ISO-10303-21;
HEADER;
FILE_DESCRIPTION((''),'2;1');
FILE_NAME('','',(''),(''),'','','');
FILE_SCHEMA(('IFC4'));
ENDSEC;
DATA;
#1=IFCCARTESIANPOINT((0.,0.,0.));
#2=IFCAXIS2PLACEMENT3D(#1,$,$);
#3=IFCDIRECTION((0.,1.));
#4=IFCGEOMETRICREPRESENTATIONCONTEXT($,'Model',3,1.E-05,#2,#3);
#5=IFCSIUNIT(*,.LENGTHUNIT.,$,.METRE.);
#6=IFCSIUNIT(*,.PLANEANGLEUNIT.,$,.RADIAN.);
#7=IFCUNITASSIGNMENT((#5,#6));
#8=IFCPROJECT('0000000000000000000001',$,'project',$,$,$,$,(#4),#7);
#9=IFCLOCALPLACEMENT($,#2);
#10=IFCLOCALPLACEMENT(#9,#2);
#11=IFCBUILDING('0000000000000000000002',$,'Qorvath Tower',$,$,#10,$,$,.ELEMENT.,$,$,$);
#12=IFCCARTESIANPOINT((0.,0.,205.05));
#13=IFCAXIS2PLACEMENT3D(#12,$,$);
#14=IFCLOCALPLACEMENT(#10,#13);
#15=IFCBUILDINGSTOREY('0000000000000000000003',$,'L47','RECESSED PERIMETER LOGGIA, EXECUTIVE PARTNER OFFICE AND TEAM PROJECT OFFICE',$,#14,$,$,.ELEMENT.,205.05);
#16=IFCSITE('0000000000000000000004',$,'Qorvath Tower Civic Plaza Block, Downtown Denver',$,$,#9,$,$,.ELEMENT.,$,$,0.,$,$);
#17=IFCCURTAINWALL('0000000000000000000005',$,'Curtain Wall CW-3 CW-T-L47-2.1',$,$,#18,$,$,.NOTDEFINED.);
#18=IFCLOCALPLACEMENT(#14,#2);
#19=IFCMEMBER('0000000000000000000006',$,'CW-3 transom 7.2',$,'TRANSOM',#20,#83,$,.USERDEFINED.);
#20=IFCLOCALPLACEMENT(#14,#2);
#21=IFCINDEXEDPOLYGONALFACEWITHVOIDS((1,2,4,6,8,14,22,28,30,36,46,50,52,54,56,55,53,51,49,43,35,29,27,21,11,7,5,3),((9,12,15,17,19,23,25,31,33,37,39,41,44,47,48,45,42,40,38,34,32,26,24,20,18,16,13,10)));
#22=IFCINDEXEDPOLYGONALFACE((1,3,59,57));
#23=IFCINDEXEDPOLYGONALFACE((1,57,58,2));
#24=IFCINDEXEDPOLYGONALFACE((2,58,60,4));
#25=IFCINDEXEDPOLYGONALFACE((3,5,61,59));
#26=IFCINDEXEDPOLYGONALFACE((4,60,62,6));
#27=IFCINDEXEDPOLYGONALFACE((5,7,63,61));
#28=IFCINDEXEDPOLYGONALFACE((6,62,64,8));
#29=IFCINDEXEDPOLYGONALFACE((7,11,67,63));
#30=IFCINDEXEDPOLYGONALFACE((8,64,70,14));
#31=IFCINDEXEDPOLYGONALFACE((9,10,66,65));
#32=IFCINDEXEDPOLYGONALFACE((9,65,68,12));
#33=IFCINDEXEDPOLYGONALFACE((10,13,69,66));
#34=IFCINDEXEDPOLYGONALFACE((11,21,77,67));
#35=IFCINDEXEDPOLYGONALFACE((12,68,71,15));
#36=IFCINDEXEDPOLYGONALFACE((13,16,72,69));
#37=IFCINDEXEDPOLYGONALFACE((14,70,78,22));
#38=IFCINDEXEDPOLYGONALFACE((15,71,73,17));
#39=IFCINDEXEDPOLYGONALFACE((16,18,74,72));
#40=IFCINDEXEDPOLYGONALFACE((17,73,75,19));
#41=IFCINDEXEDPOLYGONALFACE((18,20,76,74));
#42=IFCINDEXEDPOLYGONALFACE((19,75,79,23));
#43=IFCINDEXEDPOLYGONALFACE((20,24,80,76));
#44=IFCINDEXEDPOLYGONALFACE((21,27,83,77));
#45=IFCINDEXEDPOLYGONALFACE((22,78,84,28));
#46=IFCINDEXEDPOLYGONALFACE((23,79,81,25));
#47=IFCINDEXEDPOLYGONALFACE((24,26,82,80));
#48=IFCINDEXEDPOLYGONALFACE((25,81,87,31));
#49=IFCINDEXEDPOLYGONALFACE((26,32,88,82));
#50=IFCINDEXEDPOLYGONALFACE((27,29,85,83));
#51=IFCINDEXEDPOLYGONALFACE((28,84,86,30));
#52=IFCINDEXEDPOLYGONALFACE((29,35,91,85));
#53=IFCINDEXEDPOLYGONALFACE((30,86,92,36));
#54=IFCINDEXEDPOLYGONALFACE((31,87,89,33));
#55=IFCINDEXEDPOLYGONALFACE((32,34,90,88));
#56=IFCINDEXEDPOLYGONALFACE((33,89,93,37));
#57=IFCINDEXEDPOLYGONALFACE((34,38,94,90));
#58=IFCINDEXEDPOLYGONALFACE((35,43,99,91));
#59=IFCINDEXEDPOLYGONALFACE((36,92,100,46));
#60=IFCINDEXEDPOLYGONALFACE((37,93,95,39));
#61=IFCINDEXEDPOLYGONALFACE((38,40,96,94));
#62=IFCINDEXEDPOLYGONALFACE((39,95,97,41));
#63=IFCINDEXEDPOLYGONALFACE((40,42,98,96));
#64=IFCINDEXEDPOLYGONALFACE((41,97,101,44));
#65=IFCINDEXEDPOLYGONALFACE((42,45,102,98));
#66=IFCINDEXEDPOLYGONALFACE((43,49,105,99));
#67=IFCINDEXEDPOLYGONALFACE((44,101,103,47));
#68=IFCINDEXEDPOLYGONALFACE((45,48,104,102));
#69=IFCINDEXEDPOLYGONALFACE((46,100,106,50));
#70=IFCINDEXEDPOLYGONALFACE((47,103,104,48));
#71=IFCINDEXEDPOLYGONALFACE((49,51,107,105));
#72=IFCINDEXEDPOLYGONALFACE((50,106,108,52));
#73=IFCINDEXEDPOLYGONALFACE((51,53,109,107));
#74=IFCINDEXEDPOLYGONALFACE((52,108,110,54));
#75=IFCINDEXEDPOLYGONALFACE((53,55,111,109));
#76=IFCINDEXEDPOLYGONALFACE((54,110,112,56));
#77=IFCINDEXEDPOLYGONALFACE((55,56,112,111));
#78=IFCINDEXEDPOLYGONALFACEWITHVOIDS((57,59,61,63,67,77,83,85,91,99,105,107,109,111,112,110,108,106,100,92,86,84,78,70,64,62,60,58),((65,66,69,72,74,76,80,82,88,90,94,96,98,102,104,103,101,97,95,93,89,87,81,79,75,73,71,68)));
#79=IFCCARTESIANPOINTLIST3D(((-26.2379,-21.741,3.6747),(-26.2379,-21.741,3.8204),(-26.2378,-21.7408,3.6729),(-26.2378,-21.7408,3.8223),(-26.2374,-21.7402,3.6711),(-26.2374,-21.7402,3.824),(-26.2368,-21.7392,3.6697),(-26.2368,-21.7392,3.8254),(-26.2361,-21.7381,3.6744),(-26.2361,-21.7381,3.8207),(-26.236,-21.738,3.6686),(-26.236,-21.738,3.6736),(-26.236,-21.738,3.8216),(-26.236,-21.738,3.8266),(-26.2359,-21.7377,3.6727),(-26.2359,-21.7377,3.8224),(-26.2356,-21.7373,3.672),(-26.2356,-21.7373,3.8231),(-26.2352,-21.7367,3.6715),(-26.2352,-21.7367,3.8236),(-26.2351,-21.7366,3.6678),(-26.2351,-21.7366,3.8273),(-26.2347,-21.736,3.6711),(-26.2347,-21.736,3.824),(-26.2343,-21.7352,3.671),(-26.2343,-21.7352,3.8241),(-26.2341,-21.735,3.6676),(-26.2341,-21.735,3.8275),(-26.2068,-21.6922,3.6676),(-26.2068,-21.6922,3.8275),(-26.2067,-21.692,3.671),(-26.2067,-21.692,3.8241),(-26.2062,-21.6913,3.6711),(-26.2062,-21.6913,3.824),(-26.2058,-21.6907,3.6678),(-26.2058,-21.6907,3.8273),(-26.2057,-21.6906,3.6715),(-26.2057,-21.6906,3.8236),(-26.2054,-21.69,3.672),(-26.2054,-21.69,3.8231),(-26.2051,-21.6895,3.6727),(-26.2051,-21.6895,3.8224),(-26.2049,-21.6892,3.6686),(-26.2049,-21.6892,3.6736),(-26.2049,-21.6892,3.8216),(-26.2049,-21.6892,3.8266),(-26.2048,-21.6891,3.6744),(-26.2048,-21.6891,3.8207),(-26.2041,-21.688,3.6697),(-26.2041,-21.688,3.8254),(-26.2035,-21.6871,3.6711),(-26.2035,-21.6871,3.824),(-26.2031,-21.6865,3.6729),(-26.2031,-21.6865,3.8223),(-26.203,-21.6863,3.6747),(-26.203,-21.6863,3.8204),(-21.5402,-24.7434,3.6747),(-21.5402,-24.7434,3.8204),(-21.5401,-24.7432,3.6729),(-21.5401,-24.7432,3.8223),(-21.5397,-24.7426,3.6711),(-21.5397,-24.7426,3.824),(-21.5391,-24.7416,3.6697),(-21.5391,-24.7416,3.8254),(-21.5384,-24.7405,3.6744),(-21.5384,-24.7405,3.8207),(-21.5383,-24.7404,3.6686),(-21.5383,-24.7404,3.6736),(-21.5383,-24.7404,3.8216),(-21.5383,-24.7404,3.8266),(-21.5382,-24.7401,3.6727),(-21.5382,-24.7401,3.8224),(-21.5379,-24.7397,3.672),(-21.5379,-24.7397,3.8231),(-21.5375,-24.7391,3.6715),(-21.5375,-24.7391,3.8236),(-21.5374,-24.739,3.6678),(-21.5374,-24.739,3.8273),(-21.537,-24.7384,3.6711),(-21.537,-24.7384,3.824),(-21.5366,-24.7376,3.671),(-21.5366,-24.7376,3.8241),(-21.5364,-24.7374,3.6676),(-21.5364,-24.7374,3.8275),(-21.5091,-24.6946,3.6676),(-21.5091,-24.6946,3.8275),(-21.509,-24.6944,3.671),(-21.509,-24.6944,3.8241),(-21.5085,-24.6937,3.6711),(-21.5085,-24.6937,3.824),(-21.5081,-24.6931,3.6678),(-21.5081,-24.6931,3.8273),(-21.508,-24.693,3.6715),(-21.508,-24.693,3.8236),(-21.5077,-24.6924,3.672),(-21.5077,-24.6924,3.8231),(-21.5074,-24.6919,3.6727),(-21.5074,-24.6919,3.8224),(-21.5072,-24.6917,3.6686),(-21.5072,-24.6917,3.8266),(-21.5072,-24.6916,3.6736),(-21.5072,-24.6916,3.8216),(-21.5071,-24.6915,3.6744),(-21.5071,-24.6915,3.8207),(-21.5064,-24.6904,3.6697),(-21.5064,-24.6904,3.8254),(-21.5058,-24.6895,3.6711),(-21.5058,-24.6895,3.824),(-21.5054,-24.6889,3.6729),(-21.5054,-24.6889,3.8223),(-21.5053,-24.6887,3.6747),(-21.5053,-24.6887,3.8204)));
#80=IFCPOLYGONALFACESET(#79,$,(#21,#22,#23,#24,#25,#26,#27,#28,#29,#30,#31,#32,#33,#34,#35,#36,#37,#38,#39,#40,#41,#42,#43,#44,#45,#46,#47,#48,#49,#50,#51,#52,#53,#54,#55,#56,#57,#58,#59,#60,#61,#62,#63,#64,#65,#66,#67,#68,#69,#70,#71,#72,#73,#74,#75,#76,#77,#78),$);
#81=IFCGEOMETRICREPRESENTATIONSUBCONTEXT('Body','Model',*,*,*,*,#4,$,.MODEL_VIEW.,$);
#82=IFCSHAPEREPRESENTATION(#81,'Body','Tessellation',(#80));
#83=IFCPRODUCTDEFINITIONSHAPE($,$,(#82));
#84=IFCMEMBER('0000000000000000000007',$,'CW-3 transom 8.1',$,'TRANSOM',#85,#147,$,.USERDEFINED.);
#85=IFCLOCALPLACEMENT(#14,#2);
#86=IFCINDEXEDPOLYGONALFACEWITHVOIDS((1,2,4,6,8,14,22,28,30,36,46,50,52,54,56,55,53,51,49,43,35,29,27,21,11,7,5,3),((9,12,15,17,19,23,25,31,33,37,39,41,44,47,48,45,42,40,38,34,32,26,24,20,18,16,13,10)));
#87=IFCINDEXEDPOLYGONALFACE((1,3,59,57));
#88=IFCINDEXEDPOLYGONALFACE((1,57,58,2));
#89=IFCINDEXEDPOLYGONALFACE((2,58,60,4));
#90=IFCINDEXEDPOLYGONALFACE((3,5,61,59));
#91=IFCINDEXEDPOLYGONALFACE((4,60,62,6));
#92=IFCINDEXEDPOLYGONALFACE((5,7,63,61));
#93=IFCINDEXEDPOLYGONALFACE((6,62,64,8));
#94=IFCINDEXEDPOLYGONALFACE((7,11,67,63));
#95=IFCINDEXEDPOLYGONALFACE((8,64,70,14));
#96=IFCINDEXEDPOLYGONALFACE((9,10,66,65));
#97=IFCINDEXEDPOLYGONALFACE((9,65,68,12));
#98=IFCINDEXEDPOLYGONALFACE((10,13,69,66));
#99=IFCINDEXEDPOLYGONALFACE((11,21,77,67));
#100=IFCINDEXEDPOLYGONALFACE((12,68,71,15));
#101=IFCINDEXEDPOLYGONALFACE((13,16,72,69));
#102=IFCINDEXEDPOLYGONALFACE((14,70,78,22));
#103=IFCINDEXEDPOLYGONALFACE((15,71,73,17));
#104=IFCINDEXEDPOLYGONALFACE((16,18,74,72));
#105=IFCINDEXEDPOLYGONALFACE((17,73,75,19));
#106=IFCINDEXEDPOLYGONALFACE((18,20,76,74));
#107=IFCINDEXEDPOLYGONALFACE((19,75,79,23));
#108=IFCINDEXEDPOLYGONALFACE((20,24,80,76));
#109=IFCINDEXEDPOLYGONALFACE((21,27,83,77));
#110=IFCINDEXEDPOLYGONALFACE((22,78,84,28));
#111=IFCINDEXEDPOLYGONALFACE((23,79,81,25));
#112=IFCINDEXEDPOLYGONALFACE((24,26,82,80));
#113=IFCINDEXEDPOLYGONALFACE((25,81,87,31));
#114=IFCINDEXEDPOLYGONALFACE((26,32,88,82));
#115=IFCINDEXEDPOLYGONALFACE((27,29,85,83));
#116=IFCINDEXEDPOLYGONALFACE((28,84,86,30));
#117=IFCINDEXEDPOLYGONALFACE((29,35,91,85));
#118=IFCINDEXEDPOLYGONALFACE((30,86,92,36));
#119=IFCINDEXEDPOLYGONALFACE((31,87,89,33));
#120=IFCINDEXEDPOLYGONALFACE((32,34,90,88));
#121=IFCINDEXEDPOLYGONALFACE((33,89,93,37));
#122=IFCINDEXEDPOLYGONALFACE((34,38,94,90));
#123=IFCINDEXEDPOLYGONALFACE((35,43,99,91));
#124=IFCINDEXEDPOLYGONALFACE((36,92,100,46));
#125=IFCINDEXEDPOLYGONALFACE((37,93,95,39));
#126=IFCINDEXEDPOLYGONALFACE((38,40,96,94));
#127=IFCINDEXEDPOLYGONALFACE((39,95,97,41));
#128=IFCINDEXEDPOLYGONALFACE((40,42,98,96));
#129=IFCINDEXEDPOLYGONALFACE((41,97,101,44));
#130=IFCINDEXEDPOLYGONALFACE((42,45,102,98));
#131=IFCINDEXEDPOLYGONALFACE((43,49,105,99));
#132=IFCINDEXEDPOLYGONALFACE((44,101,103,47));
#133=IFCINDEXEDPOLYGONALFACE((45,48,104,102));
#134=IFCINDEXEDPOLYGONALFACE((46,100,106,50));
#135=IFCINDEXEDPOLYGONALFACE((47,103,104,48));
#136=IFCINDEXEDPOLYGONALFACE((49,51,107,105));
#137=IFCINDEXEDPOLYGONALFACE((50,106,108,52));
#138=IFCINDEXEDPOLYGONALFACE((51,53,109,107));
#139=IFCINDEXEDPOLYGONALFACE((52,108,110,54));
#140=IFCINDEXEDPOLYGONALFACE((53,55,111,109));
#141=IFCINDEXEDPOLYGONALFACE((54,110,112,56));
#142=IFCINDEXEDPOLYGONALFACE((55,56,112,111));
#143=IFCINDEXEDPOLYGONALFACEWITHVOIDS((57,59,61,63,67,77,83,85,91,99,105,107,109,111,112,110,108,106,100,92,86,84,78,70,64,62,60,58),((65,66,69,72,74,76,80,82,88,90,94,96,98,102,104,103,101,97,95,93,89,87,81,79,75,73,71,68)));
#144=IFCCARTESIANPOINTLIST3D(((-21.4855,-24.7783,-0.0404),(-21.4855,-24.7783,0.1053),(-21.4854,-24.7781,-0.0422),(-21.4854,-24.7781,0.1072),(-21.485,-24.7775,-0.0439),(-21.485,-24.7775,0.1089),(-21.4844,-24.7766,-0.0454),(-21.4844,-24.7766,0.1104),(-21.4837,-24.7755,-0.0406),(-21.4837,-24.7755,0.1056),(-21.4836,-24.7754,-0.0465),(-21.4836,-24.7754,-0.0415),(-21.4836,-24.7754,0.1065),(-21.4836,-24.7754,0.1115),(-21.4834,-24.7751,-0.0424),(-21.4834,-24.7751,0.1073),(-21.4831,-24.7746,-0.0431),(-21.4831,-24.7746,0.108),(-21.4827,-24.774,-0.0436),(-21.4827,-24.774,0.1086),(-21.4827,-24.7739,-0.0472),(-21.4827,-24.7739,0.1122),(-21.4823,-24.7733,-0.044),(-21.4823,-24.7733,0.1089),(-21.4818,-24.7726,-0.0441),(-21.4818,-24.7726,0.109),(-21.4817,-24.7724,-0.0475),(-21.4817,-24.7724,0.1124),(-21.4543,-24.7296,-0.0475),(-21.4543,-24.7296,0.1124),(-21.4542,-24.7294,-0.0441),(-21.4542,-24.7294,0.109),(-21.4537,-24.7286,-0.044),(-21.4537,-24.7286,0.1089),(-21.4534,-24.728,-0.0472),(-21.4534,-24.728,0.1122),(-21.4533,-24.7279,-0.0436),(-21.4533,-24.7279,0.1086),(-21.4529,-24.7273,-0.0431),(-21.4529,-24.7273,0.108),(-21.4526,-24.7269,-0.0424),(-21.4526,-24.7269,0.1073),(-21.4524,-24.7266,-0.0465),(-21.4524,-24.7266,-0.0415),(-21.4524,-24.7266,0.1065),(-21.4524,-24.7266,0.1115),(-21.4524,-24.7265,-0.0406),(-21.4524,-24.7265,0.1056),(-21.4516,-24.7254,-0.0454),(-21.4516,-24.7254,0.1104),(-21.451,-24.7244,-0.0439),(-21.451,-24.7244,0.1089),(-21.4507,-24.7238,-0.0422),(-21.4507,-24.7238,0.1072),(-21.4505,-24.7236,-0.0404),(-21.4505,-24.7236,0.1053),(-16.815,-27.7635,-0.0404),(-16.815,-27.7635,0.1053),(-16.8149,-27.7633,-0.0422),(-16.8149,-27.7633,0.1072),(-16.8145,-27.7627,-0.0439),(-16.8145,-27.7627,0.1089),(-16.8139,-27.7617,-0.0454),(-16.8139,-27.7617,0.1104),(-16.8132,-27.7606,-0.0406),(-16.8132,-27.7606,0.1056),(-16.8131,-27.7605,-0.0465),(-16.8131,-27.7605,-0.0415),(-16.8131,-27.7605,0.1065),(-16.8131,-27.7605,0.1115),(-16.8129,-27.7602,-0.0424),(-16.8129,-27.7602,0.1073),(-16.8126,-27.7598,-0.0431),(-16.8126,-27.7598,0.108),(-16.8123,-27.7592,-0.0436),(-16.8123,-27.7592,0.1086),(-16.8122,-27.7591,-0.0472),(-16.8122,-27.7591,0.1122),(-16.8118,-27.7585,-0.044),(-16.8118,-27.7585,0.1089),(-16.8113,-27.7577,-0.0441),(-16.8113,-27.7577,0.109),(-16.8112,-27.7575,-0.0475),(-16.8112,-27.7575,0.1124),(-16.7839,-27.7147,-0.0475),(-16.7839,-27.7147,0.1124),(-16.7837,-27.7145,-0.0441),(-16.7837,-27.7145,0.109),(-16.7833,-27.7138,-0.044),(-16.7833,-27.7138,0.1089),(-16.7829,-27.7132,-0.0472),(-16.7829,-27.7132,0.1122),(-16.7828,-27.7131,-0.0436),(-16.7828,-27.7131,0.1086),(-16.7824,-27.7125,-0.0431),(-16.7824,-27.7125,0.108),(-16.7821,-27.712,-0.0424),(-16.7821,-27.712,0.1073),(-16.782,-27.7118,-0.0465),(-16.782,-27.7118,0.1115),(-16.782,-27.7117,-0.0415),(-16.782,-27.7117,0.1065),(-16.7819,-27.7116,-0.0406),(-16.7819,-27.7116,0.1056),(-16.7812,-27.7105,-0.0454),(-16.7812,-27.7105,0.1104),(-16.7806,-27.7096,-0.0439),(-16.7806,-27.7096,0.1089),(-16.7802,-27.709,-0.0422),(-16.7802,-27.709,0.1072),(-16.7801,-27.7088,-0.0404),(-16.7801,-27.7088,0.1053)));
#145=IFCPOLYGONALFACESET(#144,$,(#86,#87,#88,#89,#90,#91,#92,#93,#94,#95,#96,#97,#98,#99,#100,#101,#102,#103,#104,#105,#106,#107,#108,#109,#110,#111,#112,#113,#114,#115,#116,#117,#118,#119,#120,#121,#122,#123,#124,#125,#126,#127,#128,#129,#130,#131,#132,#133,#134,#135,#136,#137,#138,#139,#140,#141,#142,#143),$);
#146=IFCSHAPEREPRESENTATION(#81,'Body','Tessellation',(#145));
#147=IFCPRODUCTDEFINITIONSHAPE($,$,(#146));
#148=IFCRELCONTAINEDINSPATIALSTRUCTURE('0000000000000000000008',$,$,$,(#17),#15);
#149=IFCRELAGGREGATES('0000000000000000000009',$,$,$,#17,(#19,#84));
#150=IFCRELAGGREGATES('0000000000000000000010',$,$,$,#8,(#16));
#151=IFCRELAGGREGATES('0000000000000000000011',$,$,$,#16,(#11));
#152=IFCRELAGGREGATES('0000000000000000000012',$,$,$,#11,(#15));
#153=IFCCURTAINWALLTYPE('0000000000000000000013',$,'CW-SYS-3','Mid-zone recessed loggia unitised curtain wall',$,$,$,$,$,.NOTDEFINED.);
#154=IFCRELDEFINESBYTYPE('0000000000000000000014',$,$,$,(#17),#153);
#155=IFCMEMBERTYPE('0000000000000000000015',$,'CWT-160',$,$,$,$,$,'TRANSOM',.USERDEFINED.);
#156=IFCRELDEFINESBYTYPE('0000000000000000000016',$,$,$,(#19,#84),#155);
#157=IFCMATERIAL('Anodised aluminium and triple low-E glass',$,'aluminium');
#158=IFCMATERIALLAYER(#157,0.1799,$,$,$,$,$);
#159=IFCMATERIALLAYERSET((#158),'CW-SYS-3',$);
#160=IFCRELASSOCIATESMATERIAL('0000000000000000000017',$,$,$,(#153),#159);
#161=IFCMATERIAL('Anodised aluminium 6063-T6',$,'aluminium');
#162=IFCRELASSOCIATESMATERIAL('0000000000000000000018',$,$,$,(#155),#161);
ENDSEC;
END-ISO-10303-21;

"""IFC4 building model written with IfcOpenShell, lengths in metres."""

from ifc_helpers import new_model, si_unit, direction, frame, origin, origin_2d, place, context, subcontext, project, spatial, hollow_rectangle, extrude, material, layer, layer_set, material_profile, profile_set, type_object, element, aggregate, save


model = new_model("IFC4")

# Units and contexts
model_context = context("Model", 3, precision=1e-05, world=origin(), true_north=direction((0.0, 1.0)))
body_context = subcontext(model_context, "Body", "Model", "MODEL_VIEW")
ifc_project = project(units=[si_unit("LENGTHUNIT", "METRE"), si_unit("PLANEANGLEUNIT", "RADIAN")], contexts=[model_context])

# Site, building, storey
site_placement = place(None, origin())
site = spatial("IfcSite", under=ifc_project, at=site_placement, Name="Qorvath Tower Civic Plaza Block, Downtown Denver", CompositionType="ELEMENT", RefElevation=0.0)
building_placement = place(site_placement, origin())
building = spatial("IfcBuilding", under=site, at=building_placement, Name="Qorvath Tower", CompositionType="ELEMENT")
storey_placement = place(building_placement, frame((0.0, 0.0, 205.05)))
storey = spatial("IfcBuildingStorey", under=building, at=storey_placement, Name="L47", Description="RECESSED PERIMETER LOGGIA, EXECUTIVE PARTNER OFFICE AND TEAM PROJECT OFFICE", CompositionType="ELEMENT", Elevation=205.05)

# Curtain wall, members
ifc_material_1 = material(Name="Anodised aluminium and triple low-E glass", Category="aluminium")
ifc_layer_1 = layer(ifc_material_1, 0.1799)
ifc_layer_set_1 = layer_set([ifc_layer_1], Name="CW-SYS-3")
curtain_wall_type = type_object("IfcCurtainWallType", Name="CW-SYS-3", Description="Mid-zone recessed loggia unitised curtain wall", PredefinedType="NOTDEFINED", material=ifc_layer_set_1)
curtain_wall_placement = place(storey_placement, origin())
curtain_wall = element("IfcCurtainWall", 1, at=curtain_wall_placement, inside=storey, type_object=curtain_wall_type, Name="Curtain Wall CW-3 CW-T-L47-2.1", PredefinedType="NOTDEFINED")
ifc_material_2 = material(Name="Anodised aluminium 6063-T6", Category="aluminium")
ifc_material_profile_1 = material_profile(ifc_material_2, hollow_rectangle(XDim=0.0649, YDim=0.1599, WallThickness=0.0034, InnerFilletRadius=0.0034, OuterFilletRadius=0.0071, at=origin_2d()), Name="CWT 160x65")
ifc_profile_set_1 = profile_set([ifc_material_profile_1], Name="Anodised aluminium 6063-T6")
member_type_1 = type_object("IfcMemberType", Name="CWT-160", ElementType="TRANSOM", PredefinedType="USERDEFINED", material=ifc_profile_set_1)
member_1_placement = place(storey_placement, frame((-26.2205, -21.7136, 3.7476), z_axis=(0.842607, -0.538529, 0.0), x_axis=(0.538529, 0.842607, 0.0)))
member_1 = element("IfcMember", 2, at=member_1_placement, type_object=member_type_1, Name="CW-3 transom 7.2", ObjectType="TRANSOM", PredefinedType="USERDEFINED", context=body_context, shape_type="SweptSolid", body=[
    extrude(hollow_rectangle(XDim=0.0649, YDim=0.1599, WallThickness=0.0034, InnerFilletRadius=0.0034, OuterFilletRadius=0.0071, at=origin_2d()), origin(), (0.0, 0.0, 1.0), 5.5752),
])
member_2_placement = place(storey_placement, frame((-21.468, -24.751, 0.0325), z_axis=(0.842595, -0.538547, 0.0), x_axis=(0.538547, 0.842595, 0.0)))
member_2 = element("IfcMember", 3, at=member_2_placement, type_object=member_type_1, Name="CW-3 transom 8.1", ObjectType="TRANSOM", PredefinedType="USERDEFINED", context=body_context, shape_type="SweptSolid", body=[
    extrude(hollow_rectangle(XDim=0.0649, YDim=0.1599, WallThickness=0.0034, InnerFilletRadius=0.0034, OuterFilletRadius=0.0071, at=origin_2d()), origin(), (0.0, 0.0, 1.0), 5.543),
])
aggregate(curtain_wall, [member_1, member_2])

save(model, "model.ifc")
